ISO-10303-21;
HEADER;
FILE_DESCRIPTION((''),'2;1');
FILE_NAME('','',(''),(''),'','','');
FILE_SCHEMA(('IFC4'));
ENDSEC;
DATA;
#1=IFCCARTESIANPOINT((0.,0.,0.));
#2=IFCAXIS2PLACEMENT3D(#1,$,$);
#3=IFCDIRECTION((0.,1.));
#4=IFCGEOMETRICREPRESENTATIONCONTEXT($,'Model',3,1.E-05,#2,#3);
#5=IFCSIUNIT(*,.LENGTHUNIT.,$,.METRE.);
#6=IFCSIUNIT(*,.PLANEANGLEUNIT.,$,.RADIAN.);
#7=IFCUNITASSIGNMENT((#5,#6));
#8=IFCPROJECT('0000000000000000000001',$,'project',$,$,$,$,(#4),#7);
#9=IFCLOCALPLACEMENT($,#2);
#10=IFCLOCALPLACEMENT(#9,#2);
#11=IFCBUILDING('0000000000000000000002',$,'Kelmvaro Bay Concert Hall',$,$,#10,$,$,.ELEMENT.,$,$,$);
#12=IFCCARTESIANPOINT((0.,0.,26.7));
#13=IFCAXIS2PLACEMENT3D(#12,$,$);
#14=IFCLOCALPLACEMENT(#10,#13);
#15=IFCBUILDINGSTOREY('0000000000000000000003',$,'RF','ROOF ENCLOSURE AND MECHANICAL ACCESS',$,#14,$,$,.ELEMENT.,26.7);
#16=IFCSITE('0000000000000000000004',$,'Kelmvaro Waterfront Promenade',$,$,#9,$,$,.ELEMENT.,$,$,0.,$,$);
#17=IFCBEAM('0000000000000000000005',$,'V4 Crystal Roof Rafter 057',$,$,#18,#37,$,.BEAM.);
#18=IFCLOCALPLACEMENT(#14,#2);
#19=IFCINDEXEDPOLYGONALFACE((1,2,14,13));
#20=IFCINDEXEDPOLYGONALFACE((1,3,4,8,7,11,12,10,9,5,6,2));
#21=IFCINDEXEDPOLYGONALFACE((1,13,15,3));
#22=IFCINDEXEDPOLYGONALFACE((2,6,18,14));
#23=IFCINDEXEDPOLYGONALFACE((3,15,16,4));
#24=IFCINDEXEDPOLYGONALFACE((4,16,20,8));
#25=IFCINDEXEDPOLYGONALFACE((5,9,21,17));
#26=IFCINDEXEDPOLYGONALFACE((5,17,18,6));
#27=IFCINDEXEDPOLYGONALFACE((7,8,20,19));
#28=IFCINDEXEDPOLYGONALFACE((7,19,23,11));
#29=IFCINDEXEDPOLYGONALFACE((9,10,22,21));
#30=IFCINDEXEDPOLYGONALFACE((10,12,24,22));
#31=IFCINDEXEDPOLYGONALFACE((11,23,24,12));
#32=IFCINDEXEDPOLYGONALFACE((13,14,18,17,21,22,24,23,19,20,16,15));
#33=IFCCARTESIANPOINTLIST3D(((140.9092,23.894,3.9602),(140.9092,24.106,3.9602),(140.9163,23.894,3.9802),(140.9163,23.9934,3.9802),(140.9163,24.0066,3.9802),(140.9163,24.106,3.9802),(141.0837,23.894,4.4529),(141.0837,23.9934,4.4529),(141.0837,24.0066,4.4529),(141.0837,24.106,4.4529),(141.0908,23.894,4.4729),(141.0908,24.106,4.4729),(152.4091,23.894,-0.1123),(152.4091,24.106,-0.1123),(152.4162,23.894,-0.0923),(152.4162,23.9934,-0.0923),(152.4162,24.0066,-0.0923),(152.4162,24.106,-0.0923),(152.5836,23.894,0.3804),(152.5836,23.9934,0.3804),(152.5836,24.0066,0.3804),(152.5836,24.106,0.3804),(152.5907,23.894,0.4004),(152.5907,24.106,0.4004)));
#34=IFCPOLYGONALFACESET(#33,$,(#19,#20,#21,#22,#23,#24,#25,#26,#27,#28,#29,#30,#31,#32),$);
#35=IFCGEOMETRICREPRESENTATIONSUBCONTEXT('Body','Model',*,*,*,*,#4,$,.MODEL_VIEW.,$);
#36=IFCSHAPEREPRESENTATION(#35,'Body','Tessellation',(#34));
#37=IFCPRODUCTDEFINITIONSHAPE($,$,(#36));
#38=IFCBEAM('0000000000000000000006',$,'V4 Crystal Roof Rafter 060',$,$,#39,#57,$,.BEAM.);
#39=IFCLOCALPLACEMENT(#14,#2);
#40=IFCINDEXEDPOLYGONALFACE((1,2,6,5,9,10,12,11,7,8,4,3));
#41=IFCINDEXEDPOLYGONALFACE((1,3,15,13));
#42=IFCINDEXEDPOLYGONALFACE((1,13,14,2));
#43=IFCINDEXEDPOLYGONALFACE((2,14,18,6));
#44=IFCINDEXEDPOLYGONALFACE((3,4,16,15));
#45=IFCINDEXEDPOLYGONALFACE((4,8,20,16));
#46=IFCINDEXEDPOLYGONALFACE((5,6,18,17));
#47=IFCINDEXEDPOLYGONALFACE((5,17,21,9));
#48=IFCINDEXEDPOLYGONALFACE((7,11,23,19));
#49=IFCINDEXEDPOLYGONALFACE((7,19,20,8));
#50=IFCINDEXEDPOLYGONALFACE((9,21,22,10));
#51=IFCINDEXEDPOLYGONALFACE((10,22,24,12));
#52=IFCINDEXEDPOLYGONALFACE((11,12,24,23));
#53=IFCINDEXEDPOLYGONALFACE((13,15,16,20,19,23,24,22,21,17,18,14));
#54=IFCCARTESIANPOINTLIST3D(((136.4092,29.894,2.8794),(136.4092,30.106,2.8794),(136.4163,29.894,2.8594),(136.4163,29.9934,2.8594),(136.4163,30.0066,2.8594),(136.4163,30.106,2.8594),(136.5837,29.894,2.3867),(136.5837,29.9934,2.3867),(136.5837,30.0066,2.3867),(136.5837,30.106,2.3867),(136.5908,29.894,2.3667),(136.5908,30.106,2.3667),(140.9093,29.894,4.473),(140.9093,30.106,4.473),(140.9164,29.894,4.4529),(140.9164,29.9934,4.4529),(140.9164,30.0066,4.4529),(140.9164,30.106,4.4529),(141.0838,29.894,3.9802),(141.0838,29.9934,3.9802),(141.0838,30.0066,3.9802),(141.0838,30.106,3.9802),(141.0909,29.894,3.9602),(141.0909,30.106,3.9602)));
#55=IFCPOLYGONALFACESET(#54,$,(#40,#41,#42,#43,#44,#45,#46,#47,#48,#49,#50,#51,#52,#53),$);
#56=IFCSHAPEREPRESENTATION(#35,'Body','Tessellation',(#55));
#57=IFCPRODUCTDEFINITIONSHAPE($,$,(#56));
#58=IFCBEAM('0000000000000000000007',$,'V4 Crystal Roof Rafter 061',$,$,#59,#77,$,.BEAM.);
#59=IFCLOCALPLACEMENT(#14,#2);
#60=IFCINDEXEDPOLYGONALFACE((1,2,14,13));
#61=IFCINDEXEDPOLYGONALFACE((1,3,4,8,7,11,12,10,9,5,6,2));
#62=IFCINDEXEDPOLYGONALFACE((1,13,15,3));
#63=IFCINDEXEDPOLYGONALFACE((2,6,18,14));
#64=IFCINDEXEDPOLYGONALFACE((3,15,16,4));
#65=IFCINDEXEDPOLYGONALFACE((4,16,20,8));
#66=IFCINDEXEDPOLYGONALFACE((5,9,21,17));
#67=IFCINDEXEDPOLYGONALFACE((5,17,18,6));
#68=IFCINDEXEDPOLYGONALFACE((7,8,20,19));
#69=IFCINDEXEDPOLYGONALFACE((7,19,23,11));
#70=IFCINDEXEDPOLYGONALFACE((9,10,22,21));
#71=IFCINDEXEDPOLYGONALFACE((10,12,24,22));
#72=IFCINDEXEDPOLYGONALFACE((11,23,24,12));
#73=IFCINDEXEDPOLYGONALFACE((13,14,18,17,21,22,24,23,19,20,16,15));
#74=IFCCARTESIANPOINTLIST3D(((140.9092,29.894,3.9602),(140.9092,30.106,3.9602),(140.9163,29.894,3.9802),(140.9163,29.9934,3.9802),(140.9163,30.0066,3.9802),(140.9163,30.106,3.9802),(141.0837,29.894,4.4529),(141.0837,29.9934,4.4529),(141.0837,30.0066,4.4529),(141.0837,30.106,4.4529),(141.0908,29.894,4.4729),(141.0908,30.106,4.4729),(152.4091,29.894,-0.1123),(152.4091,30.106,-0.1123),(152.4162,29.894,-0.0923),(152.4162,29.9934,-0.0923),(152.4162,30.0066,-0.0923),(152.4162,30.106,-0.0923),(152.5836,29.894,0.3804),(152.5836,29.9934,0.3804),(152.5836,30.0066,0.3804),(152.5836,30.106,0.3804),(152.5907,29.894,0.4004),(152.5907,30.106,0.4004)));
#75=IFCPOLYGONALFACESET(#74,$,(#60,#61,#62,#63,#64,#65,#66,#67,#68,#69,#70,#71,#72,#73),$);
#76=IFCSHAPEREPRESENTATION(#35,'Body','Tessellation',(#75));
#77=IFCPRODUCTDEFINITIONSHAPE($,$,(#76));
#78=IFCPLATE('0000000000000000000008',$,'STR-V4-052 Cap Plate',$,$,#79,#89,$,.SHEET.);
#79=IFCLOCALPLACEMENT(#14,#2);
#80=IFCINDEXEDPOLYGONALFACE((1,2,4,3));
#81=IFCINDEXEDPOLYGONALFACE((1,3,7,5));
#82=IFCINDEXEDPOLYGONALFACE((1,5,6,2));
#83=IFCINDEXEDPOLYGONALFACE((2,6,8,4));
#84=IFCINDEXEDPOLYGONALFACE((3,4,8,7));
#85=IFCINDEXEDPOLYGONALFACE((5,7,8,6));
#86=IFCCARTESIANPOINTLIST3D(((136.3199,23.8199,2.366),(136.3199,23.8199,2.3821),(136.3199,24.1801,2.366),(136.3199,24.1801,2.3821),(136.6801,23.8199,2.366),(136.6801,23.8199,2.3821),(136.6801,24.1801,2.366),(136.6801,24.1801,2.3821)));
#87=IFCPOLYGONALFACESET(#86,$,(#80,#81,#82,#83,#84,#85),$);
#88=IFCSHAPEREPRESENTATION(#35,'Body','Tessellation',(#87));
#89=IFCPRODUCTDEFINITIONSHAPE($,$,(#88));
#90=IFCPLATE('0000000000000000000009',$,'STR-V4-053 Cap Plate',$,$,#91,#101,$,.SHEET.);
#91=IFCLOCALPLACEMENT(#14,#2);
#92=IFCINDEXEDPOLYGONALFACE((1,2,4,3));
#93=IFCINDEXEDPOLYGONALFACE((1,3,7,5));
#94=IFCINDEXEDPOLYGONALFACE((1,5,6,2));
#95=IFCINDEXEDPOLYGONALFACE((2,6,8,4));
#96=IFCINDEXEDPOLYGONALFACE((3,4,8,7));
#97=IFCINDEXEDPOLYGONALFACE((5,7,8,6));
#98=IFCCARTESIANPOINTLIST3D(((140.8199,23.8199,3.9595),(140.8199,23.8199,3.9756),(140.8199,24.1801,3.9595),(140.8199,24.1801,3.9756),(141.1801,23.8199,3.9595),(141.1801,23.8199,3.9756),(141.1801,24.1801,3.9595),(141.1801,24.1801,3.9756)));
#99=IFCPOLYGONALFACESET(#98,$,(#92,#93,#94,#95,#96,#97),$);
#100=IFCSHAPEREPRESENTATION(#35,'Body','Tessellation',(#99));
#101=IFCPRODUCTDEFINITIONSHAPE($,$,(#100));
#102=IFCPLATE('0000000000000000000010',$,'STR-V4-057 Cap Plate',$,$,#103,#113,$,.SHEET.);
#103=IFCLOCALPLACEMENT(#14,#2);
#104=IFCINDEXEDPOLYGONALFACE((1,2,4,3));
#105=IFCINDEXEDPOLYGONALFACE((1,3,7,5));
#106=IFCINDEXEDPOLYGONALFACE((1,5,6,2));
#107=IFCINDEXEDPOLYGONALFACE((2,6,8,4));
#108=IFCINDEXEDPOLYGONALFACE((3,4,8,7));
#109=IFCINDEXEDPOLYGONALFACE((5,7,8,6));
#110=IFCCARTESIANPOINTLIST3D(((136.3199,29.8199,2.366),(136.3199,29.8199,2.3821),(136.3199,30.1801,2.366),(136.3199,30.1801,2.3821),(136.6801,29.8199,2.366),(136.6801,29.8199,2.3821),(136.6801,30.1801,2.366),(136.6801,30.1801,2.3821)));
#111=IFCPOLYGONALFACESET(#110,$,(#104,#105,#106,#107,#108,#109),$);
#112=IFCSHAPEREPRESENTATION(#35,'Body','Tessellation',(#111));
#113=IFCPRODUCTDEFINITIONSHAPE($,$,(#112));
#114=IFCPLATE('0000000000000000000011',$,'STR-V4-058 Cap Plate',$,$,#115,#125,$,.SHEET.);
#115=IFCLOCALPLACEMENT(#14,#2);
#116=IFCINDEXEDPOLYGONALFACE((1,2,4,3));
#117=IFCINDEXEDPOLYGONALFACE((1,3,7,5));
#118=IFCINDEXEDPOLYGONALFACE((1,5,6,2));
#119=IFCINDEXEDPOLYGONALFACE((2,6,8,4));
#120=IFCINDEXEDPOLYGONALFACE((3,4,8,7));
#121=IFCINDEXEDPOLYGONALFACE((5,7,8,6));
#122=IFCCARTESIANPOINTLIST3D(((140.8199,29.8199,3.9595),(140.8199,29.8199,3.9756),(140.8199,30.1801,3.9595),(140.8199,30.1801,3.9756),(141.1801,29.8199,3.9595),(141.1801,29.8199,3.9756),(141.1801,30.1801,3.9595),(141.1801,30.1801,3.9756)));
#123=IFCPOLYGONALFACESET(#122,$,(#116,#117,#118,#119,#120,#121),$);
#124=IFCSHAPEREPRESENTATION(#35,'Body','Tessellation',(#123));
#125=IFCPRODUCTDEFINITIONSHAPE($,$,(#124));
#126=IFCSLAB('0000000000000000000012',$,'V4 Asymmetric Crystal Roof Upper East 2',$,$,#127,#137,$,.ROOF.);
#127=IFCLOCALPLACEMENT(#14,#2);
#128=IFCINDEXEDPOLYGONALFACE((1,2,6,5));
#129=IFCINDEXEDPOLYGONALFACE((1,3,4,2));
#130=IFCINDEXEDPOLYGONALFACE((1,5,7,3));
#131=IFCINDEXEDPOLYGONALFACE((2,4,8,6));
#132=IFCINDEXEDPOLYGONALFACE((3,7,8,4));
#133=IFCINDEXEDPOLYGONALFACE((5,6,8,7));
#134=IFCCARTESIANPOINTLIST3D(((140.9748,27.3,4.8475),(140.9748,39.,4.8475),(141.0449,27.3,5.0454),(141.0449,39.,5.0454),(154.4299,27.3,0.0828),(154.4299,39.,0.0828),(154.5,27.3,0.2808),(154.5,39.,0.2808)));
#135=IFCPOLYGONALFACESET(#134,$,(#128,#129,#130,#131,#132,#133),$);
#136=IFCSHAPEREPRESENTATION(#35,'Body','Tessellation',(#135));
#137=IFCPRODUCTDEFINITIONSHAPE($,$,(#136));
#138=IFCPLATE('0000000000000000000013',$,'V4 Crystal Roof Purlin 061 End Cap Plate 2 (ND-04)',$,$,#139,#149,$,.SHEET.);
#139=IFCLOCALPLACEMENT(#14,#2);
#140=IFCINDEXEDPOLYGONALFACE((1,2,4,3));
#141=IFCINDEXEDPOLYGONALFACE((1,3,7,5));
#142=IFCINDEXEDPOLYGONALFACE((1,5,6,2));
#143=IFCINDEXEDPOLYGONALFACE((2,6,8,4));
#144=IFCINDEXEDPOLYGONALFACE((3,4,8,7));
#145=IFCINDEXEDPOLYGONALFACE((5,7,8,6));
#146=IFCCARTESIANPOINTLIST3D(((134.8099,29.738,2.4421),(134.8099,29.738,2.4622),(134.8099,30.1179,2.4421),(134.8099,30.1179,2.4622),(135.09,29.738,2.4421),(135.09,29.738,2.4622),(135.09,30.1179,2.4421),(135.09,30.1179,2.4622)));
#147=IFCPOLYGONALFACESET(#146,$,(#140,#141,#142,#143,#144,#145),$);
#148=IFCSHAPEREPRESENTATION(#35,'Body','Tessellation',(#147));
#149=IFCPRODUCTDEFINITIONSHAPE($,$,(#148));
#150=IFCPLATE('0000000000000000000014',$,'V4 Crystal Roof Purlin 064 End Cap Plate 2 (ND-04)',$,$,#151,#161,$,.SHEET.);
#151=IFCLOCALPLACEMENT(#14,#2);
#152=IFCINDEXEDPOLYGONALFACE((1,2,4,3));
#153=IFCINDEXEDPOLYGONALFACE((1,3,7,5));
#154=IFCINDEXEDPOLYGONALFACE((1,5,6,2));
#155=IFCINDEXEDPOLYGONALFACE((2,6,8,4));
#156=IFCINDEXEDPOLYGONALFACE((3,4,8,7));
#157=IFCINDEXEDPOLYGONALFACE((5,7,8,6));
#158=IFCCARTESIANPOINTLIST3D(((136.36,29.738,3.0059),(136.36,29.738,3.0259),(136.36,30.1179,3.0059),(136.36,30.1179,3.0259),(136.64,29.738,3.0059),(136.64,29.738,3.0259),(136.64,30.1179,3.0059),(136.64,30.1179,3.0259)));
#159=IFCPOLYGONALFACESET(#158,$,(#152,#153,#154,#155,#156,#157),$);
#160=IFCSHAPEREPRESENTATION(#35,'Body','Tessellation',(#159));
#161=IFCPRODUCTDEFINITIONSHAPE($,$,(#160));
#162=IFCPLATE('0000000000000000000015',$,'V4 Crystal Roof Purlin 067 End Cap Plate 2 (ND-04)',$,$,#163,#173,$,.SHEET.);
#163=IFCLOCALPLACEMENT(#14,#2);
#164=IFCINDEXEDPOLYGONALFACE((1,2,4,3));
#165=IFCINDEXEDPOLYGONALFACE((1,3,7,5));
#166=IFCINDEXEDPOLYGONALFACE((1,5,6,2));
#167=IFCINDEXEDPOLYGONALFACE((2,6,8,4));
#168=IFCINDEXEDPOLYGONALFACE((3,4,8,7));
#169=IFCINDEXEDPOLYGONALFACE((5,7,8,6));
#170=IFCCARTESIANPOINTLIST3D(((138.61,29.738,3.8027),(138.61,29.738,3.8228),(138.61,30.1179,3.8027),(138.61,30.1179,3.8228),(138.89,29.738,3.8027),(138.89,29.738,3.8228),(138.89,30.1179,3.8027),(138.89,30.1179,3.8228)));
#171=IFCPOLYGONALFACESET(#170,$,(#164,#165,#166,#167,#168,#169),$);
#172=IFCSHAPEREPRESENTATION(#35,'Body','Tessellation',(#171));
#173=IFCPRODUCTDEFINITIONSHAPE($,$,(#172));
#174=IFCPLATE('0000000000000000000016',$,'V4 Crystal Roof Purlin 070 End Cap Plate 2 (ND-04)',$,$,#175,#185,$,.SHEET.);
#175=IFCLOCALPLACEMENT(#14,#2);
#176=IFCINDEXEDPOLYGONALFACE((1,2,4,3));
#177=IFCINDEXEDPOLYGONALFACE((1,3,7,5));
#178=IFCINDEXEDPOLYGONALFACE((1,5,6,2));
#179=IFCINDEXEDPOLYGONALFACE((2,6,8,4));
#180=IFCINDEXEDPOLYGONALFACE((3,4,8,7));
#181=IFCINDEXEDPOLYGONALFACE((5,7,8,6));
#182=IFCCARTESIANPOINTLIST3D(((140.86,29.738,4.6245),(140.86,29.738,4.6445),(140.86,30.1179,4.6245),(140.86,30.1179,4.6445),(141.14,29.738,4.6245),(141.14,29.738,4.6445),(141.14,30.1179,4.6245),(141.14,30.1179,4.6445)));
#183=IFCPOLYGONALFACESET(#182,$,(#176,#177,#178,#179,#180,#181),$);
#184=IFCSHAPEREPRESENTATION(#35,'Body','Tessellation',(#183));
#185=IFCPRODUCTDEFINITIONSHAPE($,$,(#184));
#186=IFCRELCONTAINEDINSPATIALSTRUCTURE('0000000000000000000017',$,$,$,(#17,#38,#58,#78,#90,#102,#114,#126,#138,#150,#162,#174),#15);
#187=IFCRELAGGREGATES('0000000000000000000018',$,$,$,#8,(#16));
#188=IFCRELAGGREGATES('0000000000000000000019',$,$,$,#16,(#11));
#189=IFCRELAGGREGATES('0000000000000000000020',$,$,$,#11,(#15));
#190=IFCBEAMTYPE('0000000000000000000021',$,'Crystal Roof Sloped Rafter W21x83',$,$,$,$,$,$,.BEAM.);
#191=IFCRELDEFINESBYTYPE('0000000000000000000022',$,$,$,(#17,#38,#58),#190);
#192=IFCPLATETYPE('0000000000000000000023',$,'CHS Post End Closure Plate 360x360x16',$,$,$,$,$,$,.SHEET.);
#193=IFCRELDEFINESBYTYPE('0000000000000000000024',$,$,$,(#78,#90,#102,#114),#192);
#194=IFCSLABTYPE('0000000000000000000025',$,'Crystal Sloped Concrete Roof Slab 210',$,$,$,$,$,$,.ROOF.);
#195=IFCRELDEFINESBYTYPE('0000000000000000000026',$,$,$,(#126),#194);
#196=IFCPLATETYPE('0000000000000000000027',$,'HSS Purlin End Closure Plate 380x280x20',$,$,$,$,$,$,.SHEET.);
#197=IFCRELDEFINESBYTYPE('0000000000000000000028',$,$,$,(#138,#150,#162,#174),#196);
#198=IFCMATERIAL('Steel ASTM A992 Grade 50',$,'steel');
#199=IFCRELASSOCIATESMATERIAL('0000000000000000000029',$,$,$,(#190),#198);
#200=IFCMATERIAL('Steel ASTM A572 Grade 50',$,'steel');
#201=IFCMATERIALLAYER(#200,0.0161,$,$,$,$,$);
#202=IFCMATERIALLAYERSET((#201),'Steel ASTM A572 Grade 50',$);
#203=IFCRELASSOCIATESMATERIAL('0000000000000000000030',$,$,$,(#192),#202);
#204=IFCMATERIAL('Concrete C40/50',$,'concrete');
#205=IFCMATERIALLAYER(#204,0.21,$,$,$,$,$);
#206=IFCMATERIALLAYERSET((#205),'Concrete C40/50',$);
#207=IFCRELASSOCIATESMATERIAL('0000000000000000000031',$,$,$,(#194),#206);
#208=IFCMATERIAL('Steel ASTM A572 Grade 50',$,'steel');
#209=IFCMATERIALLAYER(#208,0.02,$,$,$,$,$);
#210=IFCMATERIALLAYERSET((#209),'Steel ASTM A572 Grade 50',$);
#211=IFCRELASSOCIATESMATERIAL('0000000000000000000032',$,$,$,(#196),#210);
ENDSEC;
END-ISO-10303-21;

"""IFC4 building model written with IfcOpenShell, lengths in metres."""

from ifc_helpers import new_model, si_unit, direction, frame, origin, origin_2d, place, context, subcontext, project, spatial, polyline, rectangle, i_section, outline, extrude, material, layer, layer_set, material_profile, profile_set, type_object, element, save


model = new_model("IFC4")

# Units and contexts
model_context = context("Model", 3, precision=1e-05, world=origin(), true_north=direction((0.0, 1.0)))
body_context = subcontext(model_context, "Body", "Model", "MODEL_VIEW")
ifc_project = project(units=[si_unit("LENGTHUNIT", "METRE"), si_unit("PLANEANGLEUNIT", "RADIAN")], contexts=[model_context])

# Site, building, storey
site_placement = place(None, origin())
site = spatial("IfcSite", under=ifc_project, at=site_placement, Name="Kelmvaro Waterfront Promenade", CompositionType="ELEMENT", RefElevation=0.0)
building_placement = place(site_placement, origin())
building = spatial("IfcBuilding", under=site, at=building_placement, Name="Kelmvaro Bay Concert Hall", CompositionType="ELEMENT")
storey_placement = place(building_placement, frame((0.0, 0.0, 26.7)))
storey = spatial("IfcBuildingStorey", under=building, at=storey_placement, Name="RF", Description="ROOF ENCLOSURE AND MECHANICAL ACCESS", CompositionType="ELEMENT", Elevation=26.7)

# Beams
ifc_material_1 = material(Name="Steel ASTM A992 Grade 50", Category="steel")
ifc_material_profile_1 = material_profile(ifc_material_1, i_section(OverallWidth=0.2119, OverallDepth=0.5439, WebThickness=0.0132, FlangeThickness=0.0212, at=origin_2d()), Name="W21X83")
ifc_profile_set_1 = profile_set([ifc_material_profile_1], Name="Steel ASTM A992 Grade 50")
beam_type = type_object("IfcBeamType", Name="Crystal Roof Sloped Rafter W21x83", PredefinedType="BEAM", material=ifc_profile_set_1)
beam_1_placement = place(storey_placement, frame((141.0, 24.0, 4.2166), z_axis=(0.942638, 0.0, -0.333818), x_axis=(0.0, 1.0, 0.0)))
element("IfcBeam", 1, at=beam_1_placement, inside=storey, type_object=beam_type, Name="V4 Crystal Roof Rafter 057", PredefinedType="BEAM", context=body_context, shape_type="SweptSolid", body=[
    extrude(i_section(OverallWidth=0.2119, OverallDepth=0.5439, WebThickness=0.0132, FlangeThickness=0.0212, at=origin_2d()), origin(), (0.0, 0.0, 1.0), 12.1997),
])
beam_2_placement = place(storey_placement, frame((136.5, 30.0, 2.623), z_axis=(0.942643, 0.0, 0.333802), x_axis=(0.0, 1.0, 0.0)))
element("IfcBeam", 2, at=beam_2_placement, inside=storey, type_object=beam_type, Name="V4 Crystal Roof Rafter 060", PredefinedType="BEAM", context=body_context, shape_type="SweptSolid", body=[
    extrude(i_section(OverallWidth=0.2119, OverallDepth=0.5439, WebThickness=0.0132, FlangeThickness=0.0212, at=origin_2d()), origin(), (0.0, 0.0, 1.0), 4.7739),
])
beam_3_placement = place(storey_placement, frame((141.0, 30.0, 4.2166), z_axis=(0.942638, 0.0, -0.333818), x_axis=(0.0, 1.0, 0.0)))
element("IfcBeam", 3, at=beam_3_placement, inside=storey, type_object=beam_type, Name="V4 Crystal Roof Rafter 061", PredefinedType="BEAM", context=body_context, shape_type="SweptSolid", body=[
    extrude(i_section(OverallWidth=0.2119, OverallDepth=0.5439, WebThickness=0.0132, FlangeThickness=0.0212, at=origin_2d()), origin(), (0.0, 0.0, 1.0), 12.1997),
])

# Plates
ifc_material_2 = material(Name="Steel ASTM A572 Grade 50", Category="steel")
ifc_layer_1 = layer(ifc_material_2, 0.0161)
ifc_layer_set_1 = layer_set([ifc_layer_1], Name="Steel ASTM A572 Grade 50")
plate_type_1 = type_object("IfcPlateType", Name="CHS Post End Closure Plate 360x360x16", PredefinedType="SHEET", material=ifc_layer_set_1)
for number, where, z_axis, x_axis, name in (
    (4, (136.5, 24.0, 2.366), (0.0, 0.0, 1.0), (1.0, 0.0, 0.0), "STR-V4-052 Cap Plate"),
    (5, (141.0, 24.0, 3.9595), (0.0, 0.0, 1.0), (1.0, 0.0, 0.0), "STR-V4-053 Cap Plate"),
    (6, (136.5, 30.0, 2.366), (0.0, 0.0, 1.0), (1.0, 0.0, 0.0), "STR-V4-057 Cap Plate"),
    (7, (141.0, 30.0, 3.9595), (0.0, 0.0, 1.0), (1.0, 0.0, 0.0), "STR-V4-058 Cap Plate"),
):
    element("IfcPlate", number, at=place(storey_placement, frame(where, z_axis=z_axis, x_axis=x_axis)), inside=storey, type_object=plate_type_1, Name=name, PredefinedType="SHEET", context=body_context, shape_type="SweptSolid", body=[
        extrude(rectangle(XDim=0.3601, YDim=0.3601, at=origin_2d()), origin(), (0.0, 0.0, 1.0), 0.0161),
    ])

# Slab
ifc_material_3 = material(Name="Concrete C40/50", Category="concrete")
ifc_layer_2 = layer(ifc_material_3, 0.21)
ifc_layer_set_2 = layer_set([ifc_layer_2], Name="Concrete C40/50")
slab_type = type_object("IfcSlabType", Name="Crystal Sloped Concrete Roof Slab 210", PredefinedType="ROOF", material=ifc_layer_set_2)
slab_placement = place(storey_placement, frame((141.0449, 27.3, 5.0454), z_axis=(0.333804, 0.0, 0.942642), x_axis=(0.942642, 0.0, -0.333804)))
element("IfcSlab", 8, at=slab_placement, inside=storey, type_object=slab_type, Name="V4 Asymmetric Crystal Roof Upper East 2", PredefinedType="ROOF", context=body_context, shape_type="SweptSolid", body=[
    extrude(outline(polyline([(0.0, 0.0), (14.2738, 0.0), (14.2738, 11.7), (0.0, 11.7), (0.0, 0.0)])), origin(), (0.0, 0.0, -1.0), 0.21),
])

# Plates
ifc_material_4 = material(Name="Steel ASTM A572 Grade 50", Category="steel")
ifc_layer_3 = layer(ifc_material_4, 0.02)
ifc_layer_set_3 = layer_set([ifc_layer_3], Name="Steel ASTM A572 Grade 50")
plate_type_2 = type_object("IfcPlateType", Name="HSS Purlin End Closure Plate 380x280x20", PredefinedType="SHEET", material=ifc_layer_set_3)
for number, where, z_axis, x_axis, name in (
    (9, (134.95, 29.928, 2.4421), (0.0, 0.0, 1.0), (0.0, 1.0, 0.0), "V4 Crystal Roof Purlin 061 End Cap Plate 2 (ND-04)"),
    (10, (136.5, 29.928, 3.0059), (0.0, 0.0, 1.0), (0.0, 1.0, 0.0), "V4 Crystal Roof Purlin 064 End Cap Plate 2 (ND-04)"),
    (11, (138.75, 29.928, 3.8027), (0.0, 0.0, 1.0), (0.0, 1.0, 0.0), "V4 Crystal Roof Purlin 067 End Cap Plate 2 (ND-04)"),
    (12, (141.0, 29.928, 4.6245), (0.0, 0.0, 1.0), (0.0, 1.0, 0.0), "V4 Crystal Roof Purlin 070 End Cap Plate 2 (ND-04)"),
):
    element("IfcPlate", number, at=place(storey_placement, frame(where, z_axis=z_axis, x_axis=x_axis)), inside=storey, type_object=plate_type_2, Name=name, PredefinedType="SHEET", context=body_context, shape_type="SweptSolid", body=[
        extrude(rectangle(XDim=0.3799, YDim=0.28, at=origin_2d()), origin(), (0.0, 0.0, 1.0), 0.02),
    ])

save(model, "model.ifc")
